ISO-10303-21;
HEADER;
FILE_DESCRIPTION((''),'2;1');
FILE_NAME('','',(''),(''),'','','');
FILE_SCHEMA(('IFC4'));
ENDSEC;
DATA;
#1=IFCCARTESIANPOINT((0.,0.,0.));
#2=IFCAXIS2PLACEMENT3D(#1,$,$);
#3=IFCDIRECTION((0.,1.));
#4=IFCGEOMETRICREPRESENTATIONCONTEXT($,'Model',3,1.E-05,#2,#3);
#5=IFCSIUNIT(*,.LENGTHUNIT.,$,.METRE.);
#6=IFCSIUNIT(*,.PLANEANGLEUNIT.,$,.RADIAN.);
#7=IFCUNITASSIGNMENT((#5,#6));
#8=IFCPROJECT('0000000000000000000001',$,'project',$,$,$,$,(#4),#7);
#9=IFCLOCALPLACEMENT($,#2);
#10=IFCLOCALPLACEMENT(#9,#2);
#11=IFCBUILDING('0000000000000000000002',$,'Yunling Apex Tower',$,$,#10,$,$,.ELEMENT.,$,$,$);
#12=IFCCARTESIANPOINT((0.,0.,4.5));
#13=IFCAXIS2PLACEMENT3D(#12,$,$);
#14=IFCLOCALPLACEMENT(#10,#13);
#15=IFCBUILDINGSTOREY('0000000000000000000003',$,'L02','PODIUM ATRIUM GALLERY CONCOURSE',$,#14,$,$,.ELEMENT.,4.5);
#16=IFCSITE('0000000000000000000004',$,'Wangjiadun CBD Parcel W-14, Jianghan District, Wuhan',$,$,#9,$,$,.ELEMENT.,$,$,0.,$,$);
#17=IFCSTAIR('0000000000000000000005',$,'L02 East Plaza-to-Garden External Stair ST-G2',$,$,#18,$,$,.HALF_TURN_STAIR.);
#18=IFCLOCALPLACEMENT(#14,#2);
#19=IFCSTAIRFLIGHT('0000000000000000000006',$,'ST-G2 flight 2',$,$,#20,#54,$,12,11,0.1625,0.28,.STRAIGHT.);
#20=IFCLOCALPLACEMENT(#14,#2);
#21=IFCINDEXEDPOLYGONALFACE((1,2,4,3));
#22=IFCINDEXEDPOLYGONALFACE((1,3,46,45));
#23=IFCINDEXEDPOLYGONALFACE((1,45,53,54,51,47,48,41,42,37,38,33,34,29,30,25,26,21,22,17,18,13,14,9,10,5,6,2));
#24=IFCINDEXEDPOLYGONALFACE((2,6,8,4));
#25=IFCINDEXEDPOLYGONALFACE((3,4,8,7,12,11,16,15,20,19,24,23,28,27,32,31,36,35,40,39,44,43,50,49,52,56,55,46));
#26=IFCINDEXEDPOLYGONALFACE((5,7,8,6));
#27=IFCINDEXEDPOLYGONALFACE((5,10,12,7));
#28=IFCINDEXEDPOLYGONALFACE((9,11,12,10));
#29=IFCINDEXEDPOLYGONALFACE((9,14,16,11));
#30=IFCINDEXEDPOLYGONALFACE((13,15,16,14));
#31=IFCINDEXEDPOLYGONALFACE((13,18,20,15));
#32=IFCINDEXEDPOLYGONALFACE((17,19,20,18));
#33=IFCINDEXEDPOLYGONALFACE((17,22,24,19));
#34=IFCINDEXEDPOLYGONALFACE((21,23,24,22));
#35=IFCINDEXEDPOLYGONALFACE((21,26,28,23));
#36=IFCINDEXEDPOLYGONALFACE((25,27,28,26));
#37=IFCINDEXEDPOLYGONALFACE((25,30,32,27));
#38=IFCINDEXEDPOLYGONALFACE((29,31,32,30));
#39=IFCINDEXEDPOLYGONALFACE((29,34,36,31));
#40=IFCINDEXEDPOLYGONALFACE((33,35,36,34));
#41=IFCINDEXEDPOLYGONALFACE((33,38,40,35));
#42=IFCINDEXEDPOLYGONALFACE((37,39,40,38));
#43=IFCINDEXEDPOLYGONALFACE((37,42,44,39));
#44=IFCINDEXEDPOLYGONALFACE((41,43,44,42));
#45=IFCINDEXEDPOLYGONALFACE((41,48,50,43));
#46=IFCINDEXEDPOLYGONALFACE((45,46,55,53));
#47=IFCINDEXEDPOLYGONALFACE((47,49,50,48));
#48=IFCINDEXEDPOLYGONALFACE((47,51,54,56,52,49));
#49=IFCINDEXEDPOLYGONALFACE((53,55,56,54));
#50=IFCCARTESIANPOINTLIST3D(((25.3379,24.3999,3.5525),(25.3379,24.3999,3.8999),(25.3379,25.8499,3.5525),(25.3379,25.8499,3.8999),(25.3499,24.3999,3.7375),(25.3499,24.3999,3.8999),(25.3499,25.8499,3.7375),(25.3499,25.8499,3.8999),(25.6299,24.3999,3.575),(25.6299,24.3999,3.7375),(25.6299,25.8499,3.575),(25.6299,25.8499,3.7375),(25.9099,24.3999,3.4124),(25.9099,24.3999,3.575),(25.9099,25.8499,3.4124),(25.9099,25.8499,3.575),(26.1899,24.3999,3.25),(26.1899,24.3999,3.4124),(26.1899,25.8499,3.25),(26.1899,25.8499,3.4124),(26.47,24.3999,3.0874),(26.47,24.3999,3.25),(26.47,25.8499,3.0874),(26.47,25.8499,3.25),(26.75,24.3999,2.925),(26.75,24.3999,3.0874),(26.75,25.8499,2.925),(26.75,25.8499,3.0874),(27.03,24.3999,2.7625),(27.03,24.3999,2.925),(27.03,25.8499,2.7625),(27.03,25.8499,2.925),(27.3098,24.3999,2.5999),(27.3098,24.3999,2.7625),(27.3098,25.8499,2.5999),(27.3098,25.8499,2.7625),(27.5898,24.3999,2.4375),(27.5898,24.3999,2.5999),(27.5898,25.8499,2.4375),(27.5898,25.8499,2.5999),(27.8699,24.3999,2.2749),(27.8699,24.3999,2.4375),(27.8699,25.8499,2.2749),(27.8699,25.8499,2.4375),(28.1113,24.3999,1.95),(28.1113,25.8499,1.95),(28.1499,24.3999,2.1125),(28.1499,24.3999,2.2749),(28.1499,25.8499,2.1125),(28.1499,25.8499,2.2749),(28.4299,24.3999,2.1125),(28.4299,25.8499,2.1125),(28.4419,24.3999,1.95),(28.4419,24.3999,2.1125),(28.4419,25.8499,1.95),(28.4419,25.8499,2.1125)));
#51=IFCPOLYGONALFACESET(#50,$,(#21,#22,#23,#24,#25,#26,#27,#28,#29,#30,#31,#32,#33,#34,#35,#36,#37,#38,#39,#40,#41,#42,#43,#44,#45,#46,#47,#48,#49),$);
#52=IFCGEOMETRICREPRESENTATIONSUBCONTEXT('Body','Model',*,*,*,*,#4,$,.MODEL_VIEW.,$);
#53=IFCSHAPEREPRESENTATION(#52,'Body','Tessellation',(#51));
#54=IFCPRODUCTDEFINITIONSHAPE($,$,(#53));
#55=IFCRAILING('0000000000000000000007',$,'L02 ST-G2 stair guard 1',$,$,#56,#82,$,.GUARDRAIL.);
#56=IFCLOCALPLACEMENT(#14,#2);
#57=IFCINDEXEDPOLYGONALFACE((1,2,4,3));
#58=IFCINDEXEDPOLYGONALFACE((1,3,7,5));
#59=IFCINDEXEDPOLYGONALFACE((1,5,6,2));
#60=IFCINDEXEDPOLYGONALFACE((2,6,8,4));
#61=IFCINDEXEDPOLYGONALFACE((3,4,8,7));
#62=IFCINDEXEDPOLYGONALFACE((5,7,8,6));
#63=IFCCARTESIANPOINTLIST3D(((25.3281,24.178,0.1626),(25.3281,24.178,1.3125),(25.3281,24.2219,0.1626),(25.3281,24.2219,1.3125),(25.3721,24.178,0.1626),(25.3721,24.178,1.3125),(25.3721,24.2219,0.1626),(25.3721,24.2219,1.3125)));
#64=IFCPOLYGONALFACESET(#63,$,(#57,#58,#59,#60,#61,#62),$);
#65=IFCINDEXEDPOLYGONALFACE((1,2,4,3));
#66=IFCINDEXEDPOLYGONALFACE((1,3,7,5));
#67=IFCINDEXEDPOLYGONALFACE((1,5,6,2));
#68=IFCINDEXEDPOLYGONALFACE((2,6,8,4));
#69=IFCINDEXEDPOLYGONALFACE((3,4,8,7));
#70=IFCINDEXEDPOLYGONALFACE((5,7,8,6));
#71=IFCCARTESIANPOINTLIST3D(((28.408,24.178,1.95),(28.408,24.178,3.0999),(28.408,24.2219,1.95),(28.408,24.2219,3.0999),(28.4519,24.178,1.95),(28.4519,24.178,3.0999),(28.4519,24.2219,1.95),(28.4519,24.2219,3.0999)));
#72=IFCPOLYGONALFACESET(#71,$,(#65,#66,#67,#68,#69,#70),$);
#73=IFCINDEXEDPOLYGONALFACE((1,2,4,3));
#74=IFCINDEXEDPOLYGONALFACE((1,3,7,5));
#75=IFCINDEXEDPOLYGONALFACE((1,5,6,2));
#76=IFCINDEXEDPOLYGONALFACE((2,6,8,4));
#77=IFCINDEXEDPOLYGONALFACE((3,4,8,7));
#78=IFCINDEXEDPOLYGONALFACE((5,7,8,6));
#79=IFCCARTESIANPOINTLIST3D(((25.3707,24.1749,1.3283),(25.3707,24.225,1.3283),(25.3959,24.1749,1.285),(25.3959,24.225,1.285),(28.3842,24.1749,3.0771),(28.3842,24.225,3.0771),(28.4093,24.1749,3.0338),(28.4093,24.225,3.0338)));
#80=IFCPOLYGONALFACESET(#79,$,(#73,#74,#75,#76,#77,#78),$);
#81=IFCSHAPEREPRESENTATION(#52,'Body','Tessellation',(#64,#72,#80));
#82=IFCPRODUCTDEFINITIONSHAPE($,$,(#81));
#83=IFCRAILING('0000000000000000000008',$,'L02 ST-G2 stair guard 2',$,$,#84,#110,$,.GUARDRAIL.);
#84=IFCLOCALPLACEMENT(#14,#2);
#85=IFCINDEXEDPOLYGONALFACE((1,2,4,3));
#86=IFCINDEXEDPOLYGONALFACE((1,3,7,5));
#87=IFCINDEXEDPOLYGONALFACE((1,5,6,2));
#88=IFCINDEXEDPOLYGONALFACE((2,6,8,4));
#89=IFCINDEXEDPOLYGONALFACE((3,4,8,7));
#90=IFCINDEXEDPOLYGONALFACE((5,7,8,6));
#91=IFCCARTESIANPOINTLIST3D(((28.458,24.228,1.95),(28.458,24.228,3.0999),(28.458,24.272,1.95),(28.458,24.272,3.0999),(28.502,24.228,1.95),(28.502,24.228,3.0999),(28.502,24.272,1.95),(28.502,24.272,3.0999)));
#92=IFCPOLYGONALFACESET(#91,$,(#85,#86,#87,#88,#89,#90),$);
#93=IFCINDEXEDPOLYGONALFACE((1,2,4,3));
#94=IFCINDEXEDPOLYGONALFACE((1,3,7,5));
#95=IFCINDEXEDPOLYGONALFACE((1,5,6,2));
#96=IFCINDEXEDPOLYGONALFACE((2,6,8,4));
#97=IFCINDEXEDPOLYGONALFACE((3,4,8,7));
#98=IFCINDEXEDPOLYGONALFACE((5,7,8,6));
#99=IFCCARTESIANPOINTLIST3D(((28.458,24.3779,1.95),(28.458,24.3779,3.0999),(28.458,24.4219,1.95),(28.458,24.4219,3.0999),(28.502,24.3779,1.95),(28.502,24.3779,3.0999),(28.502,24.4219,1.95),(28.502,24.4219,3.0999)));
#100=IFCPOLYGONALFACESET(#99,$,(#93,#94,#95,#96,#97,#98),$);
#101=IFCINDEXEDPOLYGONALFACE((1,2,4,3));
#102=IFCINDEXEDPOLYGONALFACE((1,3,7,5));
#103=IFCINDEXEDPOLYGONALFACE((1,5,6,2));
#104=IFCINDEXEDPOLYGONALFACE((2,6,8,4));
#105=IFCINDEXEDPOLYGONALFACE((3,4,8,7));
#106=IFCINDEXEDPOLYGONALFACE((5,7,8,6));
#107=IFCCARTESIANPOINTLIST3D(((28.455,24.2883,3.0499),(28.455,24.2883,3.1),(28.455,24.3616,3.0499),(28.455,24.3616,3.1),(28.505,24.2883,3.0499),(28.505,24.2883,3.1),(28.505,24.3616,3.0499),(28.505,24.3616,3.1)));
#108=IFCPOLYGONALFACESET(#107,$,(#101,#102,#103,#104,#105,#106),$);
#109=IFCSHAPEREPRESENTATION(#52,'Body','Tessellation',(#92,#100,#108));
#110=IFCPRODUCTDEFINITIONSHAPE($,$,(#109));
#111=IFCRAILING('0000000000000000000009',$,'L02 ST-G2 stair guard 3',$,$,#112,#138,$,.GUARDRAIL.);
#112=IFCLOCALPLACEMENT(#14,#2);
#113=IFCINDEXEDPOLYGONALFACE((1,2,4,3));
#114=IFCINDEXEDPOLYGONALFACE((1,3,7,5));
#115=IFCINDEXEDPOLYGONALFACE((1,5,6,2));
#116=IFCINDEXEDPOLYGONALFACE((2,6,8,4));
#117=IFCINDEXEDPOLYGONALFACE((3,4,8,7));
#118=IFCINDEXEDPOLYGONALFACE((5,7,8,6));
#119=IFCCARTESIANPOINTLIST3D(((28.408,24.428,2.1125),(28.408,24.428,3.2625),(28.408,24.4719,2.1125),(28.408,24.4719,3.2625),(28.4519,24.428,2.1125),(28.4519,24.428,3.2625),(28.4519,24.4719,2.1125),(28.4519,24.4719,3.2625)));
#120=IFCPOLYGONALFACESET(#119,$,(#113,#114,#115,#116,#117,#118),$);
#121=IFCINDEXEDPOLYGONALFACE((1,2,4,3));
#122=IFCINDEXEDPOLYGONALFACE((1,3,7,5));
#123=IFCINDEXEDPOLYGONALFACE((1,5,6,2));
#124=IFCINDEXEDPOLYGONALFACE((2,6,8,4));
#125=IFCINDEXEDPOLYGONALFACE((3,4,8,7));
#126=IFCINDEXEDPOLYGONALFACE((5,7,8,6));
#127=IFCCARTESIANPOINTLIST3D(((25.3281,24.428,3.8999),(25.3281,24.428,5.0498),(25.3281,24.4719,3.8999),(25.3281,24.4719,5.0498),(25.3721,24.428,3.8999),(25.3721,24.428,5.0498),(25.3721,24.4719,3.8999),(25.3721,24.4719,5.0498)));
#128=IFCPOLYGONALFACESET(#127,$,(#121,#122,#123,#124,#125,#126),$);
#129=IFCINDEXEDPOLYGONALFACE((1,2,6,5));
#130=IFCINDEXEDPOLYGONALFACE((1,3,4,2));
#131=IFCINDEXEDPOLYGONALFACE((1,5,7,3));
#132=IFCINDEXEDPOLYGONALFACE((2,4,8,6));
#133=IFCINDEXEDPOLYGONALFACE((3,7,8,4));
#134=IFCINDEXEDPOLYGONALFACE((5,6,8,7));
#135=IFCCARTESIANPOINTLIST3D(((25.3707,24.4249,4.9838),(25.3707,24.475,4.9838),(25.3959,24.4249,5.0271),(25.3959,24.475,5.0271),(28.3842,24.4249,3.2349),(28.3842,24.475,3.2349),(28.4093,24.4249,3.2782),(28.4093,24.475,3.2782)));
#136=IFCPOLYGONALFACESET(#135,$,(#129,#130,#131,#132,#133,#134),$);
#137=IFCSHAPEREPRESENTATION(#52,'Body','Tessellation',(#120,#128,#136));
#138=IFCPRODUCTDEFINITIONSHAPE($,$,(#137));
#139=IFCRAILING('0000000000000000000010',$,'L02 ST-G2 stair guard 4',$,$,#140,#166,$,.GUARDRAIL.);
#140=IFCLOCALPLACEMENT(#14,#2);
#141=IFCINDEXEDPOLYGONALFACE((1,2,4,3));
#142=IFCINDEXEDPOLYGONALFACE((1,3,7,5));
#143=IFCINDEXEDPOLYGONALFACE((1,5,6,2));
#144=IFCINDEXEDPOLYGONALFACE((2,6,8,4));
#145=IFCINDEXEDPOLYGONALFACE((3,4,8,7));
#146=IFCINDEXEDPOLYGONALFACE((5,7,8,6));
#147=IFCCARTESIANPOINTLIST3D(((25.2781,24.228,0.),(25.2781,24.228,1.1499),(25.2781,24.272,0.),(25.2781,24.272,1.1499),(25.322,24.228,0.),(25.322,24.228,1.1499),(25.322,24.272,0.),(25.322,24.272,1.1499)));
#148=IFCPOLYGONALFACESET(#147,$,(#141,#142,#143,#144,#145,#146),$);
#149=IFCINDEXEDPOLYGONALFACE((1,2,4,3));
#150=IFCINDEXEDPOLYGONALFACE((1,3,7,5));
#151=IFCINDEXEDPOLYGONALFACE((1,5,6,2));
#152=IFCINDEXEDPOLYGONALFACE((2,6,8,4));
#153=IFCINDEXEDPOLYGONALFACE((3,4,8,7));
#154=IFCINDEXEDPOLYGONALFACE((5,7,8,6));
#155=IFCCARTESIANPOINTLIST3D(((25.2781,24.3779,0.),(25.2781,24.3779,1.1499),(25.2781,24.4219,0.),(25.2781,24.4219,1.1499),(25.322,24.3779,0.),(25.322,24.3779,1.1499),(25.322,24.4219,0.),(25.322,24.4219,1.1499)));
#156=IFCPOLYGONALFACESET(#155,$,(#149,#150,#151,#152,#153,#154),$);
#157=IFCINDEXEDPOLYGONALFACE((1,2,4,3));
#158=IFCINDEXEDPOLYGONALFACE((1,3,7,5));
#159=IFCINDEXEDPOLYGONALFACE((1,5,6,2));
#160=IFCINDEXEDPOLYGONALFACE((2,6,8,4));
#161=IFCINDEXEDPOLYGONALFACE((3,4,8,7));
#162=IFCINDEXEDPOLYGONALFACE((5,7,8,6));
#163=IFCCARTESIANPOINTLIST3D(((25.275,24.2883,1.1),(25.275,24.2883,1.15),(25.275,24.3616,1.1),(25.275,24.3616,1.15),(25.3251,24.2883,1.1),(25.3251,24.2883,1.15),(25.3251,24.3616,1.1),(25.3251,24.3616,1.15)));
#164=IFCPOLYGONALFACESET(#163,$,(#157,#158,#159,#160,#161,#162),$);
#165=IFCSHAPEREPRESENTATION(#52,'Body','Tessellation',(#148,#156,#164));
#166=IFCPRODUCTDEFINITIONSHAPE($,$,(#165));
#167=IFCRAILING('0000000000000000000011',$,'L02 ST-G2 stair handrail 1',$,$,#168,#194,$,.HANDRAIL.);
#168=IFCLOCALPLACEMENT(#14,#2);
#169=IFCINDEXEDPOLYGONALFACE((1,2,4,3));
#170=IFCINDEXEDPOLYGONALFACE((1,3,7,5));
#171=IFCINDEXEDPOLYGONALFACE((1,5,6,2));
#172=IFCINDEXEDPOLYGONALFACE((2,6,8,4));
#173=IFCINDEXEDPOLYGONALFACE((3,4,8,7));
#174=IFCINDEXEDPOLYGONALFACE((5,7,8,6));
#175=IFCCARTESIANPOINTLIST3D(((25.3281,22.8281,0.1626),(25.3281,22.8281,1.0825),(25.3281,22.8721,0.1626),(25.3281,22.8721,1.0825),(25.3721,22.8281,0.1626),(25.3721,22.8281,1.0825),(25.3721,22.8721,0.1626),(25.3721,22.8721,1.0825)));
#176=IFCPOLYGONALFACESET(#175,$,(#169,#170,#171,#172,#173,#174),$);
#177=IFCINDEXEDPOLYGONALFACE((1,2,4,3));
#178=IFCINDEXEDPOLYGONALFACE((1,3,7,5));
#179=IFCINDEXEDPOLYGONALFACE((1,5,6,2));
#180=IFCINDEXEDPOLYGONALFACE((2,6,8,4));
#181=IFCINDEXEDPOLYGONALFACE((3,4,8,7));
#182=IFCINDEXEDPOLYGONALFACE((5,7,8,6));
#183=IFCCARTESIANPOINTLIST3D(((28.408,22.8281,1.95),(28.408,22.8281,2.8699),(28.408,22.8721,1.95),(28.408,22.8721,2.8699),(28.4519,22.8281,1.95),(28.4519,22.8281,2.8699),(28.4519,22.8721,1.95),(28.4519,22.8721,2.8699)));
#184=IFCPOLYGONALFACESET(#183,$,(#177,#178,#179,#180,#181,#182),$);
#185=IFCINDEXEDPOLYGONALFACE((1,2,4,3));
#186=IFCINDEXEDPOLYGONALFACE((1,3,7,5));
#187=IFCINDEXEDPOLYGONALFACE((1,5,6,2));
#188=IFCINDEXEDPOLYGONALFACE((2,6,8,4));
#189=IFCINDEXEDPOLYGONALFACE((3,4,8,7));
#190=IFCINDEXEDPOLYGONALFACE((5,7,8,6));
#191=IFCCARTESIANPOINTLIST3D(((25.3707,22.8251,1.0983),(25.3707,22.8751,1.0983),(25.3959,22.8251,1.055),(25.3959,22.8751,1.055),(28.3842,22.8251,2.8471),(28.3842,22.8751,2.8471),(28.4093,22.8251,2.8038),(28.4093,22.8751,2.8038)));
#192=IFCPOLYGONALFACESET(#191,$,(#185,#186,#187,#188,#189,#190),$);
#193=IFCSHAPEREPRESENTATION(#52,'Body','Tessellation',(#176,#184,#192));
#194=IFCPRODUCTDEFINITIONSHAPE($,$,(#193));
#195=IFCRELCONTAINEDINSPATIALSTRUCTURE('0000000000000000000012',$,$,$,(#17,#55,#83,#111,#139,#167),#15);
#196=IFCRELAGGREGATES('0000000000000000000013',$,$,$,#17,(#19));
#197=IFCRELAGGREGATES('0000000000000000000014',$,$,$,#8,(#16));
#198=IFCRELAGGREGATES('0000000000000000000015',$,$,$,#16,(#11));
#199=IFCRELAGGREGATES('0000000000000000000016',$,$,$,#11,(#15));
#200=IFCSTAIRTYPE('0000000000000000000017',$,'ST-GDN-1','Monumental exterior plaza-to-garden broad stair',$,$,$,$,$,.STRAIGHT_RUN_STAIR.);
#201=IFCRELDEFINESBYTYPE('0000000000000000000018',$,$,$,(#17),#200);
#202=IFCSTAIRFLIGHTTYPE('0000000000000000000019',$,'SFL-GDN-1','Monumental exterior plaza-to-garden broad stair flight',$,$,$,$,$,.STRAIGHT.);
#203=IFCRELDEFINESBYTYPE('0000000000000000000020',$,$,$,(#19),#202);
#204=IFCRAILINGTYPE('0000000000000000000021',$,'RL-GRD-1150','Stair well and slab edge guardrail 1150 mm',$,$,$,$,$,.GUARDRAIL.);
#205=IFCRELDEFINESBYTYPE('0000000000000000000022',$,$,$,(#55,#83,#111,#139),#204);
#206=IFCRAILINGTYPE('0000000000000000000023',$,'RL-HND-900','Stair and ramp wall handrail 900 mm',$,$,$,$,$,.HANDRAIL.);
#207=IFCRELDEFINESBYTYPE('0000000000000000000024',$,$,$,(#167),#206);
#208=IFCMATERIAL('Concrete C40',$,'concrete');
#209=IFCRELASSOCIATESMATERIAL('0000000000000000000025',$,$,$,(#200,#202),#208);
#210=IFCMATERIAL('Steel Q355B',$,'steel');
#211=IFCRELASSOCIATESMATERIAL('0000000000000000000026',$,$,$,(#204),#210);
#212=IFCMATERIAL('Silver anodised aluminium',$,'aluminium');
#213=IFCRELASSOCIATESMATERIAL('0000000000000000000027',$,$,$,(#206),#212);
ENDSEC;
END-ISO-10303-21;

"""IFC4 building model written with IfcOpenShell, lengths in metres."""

from ifc_helpers import new_model, si_unit, direction, frame, origin, origin_2d, place, context, subcontext, project, spatial, polyline, rectangle, outline, extrude, material, type_object, element, aggregate, save


model = new_model("IFC4")

# Units and contexts
model_context = context("Model", 3, precision=1e-05, world=origin(), true_north=direction((0.0, 1.0)))
body_context = subcontext(model_context, "Body", "Model", "MODEL_VIEW")
ifc_project = project(units=[si_unit("LENGTHUNIT", "METRE"), si_unit("PLANEANGLEUNIT", "RADIAN")], contexts=[model_context])

# Site, building, storey
site_placement = place(None, origin())
site = spatial("IfcSite", under=ifc_project, at=site_placement, Name="Wangjiadun CBD Parcel W-14, Jianghan District, Wuhan", CompositionType="ELEMENT", RefElevation=0.0)
building_placement = place(site_placement, origin())
building = spatial("IfcBuilding", under=site, at=building_placement, Name="Yunling Apex Tower", CompositionType="ELEMENT")
storey_placement = place(building_placement, frame((0.0, 0.0, 4.5)))
storey = spatial("IfcBuildingStorey", under=building, at=storey_placement, Name="L02", Description="PODIUM ATRIUM GALLERY CONCOURSE", CompositionType="ELEMENT", Elevation=4.5)

# Shared definitions
ifc_material_1 = material(Name="Steel Q355B", Category="steel")

# Shared definitions
ifc_material_2 = material(Name="Concrete C40", Category="concrete")

# Stair, stair flight
stair_type = type_object("IfcStairType", Name="ST-GDN-1", Description="Monumental exterior plaza-to-garden broad stair", PredefinedType="STRAIGHT_RUN_STAIR", material=ifc_material_2)
stair_placement = place(storey_placement, origin())
stair = element("IfcStair", 1, at=stair_placement, inside=storey, type_object=stair_type, Name="L02 East Plaza-to-Garden External Stair ST-G2", PredefinedType="HALF_TURN_STAIR")
stair_flight_type = type_object("IfcStairFlightType", Name="SFL-GDN-1", Description="Monumental exterior plaza-to-garden broad stair flight", PredefinedType="STRAIGHT", material=ifc_material_2)
stair_flight_1_placement = place(storey_placement, frame((28.4299, 25.125, 1.95), z_axis=(0.0, 0.0, 1.0), x_axis=(-1.0, 0.0, 0.0)))
stair_flight_1 = element("IfcStairFlight", 2, at=stair_flight_1_placement, type_object=stair_flight_type, Name="ST-G2 flight 2", NumberOfRisers=12, NumberOfTreads=11, PredefinedType="STRAIGHT", RiserHeight=0.1625, TreadLength=0.28, context=body_context, shape_type="SweptSolid", body=[
    extrude(outline(polyline([(-0.012, 0.0), (-0.012, 0.1626), (0.0, 0.1626), (0.28, 0.1626), (0.28, 0.325), (0.5601, 0.325), (0.5601, 0.4875), (0.8401, 0.4875), (0.8401, 0.6499), (1.1201, 0.6499), (1.1201, 0.8125), (1.3999, 0.8125), (1.3999, 0.9751), (1.6799, 0.9751), (1.6799, 1.1375), (1.96, 1.1375), (1.96, 1.3), (2.24, 1.3), (2.24, 1.4624), (2.52, 1.4624), (2.52, 1.625), (2.8, 1.625), (2.8, 1.7876), (3.0801, 1.7876), (3.0801, 1.95), (3.092, 1.95), (3.092, 1.6025), (0.3186, 0.0), (-0.012, 0.0)])), frame((0.0, 0.7251, 0.0), z_axis=(0.0, -1.0, 0.0), x_axis=(1.0, 0.0, 0.0)), (0.0, 0.0, 1.0), 1.45),
])
aggregate(stair, [stair_flight_1])

# Railings
railing_type_1 = type_object("IfcRailingType", Name="RL-GRD-1150", Description="Stair well and slab edge guardrail 1150 mm", PredefinedType="GUARDRAIL", material=ifc_material_1)
railing_1_placement = place(storey_placement, frame((25.3501, 24.2, 0.1626)))
element("IfcRailing", 3, at=railing_1_placement, inside=storey, type_object=railing_type_1, Name="L02 ST-G2 stair guard 1", PredefinedType="GUARDRAIL", context=body_context, shape_type="SweptSolid", body=[
    extrude(rectangle(XDim=0.0439, YDim=0.0439, at=origin_2d()), origin(), (0.0, 0.0, 1.0), 1.1499),
    extrude(rectangle(XDim=0.0439, YDim=0.0439, at=origin_2d()), frame((3.0798, 0.0, 1.7874)), (0.0, 0.0, 1.0), 1.1499),
    extrude(rectangle(XDim=0.05, YDim=0.05, at=origin_2d()), frame((0.0332, 0.0, 1.144), z_axis=(0.864903, 0.0, 0.501939), x_axis=(0.0, 1.0, 0.0)), (0.0, 0.0, 1.0), 3.4841),
])
railing_2_placement = place(storey_placement, frame((28.48, 24.25, 1.95)))
element("IfcRailing", 4, at=railing_2_placement, inside=storey, type_object=railing_type_1, Name="L02 ST-G2 stair guard 2", PredefinedType="GUARDRAIL", context=body_context, shape_type="SweptSolid", body=[
    extrude(rectangle(XDim=0.0439, YDim=0.0439, at=origin_2d()), origin(), (0.0, 0.0, 1.0), 1.1499),
    extrude(rectangle(XDim=0.0439, YDim=0.0439, at=origin_2d()), frame((0.0, 0.1499, 0.0)), (0.0, 0.0, 1.0), 1.1499),
    extrude(rectangle(XDim=0.05, YDim=0.05, at=origin_2d()), frame((0.0, 0.0383, 1.125), z_axis=(0.0, 1.0, 0.0), x_axis=(-1.0, 0.0, 0.0)), (0.0, 0.0, 1.0), 0.0732),
])
railing_3_placement = place(storey_placement, frame((28.4299, 24.45, 2.1125)))
element("IfcRailing", 5, at=railing_3_placement, inside=storey, type_object=railing_type_1, Name="L02 ST-G2 stair guard 3", PredefinedType="GUARDRAIL", context=body_context, shape_type="SweptSolid", body=[
    extrude(rectangle(XDim=0.0439, YDim=0.0439, at=origin_2d()), origin(), (0.0, 0.0, 1.0), 1.1499),
    extrude(rectangle(XDim=0.0439, YDim=0.0439, at=origin_2d()), frame((-3.0798, 0.0, 1.7874)), (0.0, 0.0, 1.0), 1.1499),
    extrude(rectangle(XDim=0.05, YDim=0.05, at=origin_2d()), frame((-0.0332, 0.0, 1.144), z_axis=(-0.864903, 0.0, 0.501939), x_axis=(0.0, -1.0, 0.0)), (0.0, 0.0, 1.0), 3.4841),
])
railing_4_placement = place(storey_placement, frame((25.3, 24.25, 0.0)))
element("IfcRailing", 6, at=railing_4_placement, inside=storey, type_object=railing_type_1, Name="L02 ST-G2 stair guard 4", PredefinedType="GUARDRAIL", context=body_context, shape_type="SweptSolid", body=[
    extrude(rectangle(XDim=0.0439, YDim=0.0439, at=origin_2d()), origin(), (0.0, 0.0, 1.0), 1.1499),
    extrude(rectangle(XDim=0.0439, YDim=0.0439, at=origin_2d()), frame((0.0, 0.1499, 0.0)), (0.0, 0.0, 1.0), 1.1499),
    extrude(rectangle(XDim=0.05, YDim=0.05, at=origin_2d()), frame((0.0, 0.0383, 1.125), z_axis=(0.0, 1.0, 0.0), x_axis=(-1.0, 0.0, 0.0)), (0.0, 0.0, 1.0), 0.0732),
])
ifc_material_3 = material(Name="Silver anodised aluminium", Category="aluminium")
railing_type_2 = type_object("IfcRailingType", Name="RL-HND-900", Description="Stair and ramp wall handrail 900 mm", PredefinedType="HANDRAIL", material=ifc_material_3)
railing_5_placement = place(storey_placement, frame((25.3501, 22.8501, 0.1626)))
element("IfcRailing", 7, at=railing_5_placement, inside=storey, type_object=railing_type_2, Name="L02 ST-G2 stair handrail 1", PredefinedType="HANDRAIL", context=body_context, shape_type="SweptSolid", body=[
    extrude(rectangle(XDim=0.0439, YDim=0.0439, at=origin_2d()), origin(), (0.0, 0.0, 1.0), 0.9199),
    extrude(rectangle(XDim=0.0439, YDim=0.0439, at=origin_2d()), frame((3.0798, 0.0, 1.7874)), (0.0, 0.0, 1.0), 0.9199),
    extrude(rectangle(XDim=0.05, YDim=0.05, at=origin_2d()), frame((0.0332, 0.0, 0.9141), z_axis=(0.864903, 0.0, 0.501939), x_axis=(0.0, 1.0, 0.0)), (0.0, 0.0, 1.0), 3.4841),
])

save(model, "model.ifc")
